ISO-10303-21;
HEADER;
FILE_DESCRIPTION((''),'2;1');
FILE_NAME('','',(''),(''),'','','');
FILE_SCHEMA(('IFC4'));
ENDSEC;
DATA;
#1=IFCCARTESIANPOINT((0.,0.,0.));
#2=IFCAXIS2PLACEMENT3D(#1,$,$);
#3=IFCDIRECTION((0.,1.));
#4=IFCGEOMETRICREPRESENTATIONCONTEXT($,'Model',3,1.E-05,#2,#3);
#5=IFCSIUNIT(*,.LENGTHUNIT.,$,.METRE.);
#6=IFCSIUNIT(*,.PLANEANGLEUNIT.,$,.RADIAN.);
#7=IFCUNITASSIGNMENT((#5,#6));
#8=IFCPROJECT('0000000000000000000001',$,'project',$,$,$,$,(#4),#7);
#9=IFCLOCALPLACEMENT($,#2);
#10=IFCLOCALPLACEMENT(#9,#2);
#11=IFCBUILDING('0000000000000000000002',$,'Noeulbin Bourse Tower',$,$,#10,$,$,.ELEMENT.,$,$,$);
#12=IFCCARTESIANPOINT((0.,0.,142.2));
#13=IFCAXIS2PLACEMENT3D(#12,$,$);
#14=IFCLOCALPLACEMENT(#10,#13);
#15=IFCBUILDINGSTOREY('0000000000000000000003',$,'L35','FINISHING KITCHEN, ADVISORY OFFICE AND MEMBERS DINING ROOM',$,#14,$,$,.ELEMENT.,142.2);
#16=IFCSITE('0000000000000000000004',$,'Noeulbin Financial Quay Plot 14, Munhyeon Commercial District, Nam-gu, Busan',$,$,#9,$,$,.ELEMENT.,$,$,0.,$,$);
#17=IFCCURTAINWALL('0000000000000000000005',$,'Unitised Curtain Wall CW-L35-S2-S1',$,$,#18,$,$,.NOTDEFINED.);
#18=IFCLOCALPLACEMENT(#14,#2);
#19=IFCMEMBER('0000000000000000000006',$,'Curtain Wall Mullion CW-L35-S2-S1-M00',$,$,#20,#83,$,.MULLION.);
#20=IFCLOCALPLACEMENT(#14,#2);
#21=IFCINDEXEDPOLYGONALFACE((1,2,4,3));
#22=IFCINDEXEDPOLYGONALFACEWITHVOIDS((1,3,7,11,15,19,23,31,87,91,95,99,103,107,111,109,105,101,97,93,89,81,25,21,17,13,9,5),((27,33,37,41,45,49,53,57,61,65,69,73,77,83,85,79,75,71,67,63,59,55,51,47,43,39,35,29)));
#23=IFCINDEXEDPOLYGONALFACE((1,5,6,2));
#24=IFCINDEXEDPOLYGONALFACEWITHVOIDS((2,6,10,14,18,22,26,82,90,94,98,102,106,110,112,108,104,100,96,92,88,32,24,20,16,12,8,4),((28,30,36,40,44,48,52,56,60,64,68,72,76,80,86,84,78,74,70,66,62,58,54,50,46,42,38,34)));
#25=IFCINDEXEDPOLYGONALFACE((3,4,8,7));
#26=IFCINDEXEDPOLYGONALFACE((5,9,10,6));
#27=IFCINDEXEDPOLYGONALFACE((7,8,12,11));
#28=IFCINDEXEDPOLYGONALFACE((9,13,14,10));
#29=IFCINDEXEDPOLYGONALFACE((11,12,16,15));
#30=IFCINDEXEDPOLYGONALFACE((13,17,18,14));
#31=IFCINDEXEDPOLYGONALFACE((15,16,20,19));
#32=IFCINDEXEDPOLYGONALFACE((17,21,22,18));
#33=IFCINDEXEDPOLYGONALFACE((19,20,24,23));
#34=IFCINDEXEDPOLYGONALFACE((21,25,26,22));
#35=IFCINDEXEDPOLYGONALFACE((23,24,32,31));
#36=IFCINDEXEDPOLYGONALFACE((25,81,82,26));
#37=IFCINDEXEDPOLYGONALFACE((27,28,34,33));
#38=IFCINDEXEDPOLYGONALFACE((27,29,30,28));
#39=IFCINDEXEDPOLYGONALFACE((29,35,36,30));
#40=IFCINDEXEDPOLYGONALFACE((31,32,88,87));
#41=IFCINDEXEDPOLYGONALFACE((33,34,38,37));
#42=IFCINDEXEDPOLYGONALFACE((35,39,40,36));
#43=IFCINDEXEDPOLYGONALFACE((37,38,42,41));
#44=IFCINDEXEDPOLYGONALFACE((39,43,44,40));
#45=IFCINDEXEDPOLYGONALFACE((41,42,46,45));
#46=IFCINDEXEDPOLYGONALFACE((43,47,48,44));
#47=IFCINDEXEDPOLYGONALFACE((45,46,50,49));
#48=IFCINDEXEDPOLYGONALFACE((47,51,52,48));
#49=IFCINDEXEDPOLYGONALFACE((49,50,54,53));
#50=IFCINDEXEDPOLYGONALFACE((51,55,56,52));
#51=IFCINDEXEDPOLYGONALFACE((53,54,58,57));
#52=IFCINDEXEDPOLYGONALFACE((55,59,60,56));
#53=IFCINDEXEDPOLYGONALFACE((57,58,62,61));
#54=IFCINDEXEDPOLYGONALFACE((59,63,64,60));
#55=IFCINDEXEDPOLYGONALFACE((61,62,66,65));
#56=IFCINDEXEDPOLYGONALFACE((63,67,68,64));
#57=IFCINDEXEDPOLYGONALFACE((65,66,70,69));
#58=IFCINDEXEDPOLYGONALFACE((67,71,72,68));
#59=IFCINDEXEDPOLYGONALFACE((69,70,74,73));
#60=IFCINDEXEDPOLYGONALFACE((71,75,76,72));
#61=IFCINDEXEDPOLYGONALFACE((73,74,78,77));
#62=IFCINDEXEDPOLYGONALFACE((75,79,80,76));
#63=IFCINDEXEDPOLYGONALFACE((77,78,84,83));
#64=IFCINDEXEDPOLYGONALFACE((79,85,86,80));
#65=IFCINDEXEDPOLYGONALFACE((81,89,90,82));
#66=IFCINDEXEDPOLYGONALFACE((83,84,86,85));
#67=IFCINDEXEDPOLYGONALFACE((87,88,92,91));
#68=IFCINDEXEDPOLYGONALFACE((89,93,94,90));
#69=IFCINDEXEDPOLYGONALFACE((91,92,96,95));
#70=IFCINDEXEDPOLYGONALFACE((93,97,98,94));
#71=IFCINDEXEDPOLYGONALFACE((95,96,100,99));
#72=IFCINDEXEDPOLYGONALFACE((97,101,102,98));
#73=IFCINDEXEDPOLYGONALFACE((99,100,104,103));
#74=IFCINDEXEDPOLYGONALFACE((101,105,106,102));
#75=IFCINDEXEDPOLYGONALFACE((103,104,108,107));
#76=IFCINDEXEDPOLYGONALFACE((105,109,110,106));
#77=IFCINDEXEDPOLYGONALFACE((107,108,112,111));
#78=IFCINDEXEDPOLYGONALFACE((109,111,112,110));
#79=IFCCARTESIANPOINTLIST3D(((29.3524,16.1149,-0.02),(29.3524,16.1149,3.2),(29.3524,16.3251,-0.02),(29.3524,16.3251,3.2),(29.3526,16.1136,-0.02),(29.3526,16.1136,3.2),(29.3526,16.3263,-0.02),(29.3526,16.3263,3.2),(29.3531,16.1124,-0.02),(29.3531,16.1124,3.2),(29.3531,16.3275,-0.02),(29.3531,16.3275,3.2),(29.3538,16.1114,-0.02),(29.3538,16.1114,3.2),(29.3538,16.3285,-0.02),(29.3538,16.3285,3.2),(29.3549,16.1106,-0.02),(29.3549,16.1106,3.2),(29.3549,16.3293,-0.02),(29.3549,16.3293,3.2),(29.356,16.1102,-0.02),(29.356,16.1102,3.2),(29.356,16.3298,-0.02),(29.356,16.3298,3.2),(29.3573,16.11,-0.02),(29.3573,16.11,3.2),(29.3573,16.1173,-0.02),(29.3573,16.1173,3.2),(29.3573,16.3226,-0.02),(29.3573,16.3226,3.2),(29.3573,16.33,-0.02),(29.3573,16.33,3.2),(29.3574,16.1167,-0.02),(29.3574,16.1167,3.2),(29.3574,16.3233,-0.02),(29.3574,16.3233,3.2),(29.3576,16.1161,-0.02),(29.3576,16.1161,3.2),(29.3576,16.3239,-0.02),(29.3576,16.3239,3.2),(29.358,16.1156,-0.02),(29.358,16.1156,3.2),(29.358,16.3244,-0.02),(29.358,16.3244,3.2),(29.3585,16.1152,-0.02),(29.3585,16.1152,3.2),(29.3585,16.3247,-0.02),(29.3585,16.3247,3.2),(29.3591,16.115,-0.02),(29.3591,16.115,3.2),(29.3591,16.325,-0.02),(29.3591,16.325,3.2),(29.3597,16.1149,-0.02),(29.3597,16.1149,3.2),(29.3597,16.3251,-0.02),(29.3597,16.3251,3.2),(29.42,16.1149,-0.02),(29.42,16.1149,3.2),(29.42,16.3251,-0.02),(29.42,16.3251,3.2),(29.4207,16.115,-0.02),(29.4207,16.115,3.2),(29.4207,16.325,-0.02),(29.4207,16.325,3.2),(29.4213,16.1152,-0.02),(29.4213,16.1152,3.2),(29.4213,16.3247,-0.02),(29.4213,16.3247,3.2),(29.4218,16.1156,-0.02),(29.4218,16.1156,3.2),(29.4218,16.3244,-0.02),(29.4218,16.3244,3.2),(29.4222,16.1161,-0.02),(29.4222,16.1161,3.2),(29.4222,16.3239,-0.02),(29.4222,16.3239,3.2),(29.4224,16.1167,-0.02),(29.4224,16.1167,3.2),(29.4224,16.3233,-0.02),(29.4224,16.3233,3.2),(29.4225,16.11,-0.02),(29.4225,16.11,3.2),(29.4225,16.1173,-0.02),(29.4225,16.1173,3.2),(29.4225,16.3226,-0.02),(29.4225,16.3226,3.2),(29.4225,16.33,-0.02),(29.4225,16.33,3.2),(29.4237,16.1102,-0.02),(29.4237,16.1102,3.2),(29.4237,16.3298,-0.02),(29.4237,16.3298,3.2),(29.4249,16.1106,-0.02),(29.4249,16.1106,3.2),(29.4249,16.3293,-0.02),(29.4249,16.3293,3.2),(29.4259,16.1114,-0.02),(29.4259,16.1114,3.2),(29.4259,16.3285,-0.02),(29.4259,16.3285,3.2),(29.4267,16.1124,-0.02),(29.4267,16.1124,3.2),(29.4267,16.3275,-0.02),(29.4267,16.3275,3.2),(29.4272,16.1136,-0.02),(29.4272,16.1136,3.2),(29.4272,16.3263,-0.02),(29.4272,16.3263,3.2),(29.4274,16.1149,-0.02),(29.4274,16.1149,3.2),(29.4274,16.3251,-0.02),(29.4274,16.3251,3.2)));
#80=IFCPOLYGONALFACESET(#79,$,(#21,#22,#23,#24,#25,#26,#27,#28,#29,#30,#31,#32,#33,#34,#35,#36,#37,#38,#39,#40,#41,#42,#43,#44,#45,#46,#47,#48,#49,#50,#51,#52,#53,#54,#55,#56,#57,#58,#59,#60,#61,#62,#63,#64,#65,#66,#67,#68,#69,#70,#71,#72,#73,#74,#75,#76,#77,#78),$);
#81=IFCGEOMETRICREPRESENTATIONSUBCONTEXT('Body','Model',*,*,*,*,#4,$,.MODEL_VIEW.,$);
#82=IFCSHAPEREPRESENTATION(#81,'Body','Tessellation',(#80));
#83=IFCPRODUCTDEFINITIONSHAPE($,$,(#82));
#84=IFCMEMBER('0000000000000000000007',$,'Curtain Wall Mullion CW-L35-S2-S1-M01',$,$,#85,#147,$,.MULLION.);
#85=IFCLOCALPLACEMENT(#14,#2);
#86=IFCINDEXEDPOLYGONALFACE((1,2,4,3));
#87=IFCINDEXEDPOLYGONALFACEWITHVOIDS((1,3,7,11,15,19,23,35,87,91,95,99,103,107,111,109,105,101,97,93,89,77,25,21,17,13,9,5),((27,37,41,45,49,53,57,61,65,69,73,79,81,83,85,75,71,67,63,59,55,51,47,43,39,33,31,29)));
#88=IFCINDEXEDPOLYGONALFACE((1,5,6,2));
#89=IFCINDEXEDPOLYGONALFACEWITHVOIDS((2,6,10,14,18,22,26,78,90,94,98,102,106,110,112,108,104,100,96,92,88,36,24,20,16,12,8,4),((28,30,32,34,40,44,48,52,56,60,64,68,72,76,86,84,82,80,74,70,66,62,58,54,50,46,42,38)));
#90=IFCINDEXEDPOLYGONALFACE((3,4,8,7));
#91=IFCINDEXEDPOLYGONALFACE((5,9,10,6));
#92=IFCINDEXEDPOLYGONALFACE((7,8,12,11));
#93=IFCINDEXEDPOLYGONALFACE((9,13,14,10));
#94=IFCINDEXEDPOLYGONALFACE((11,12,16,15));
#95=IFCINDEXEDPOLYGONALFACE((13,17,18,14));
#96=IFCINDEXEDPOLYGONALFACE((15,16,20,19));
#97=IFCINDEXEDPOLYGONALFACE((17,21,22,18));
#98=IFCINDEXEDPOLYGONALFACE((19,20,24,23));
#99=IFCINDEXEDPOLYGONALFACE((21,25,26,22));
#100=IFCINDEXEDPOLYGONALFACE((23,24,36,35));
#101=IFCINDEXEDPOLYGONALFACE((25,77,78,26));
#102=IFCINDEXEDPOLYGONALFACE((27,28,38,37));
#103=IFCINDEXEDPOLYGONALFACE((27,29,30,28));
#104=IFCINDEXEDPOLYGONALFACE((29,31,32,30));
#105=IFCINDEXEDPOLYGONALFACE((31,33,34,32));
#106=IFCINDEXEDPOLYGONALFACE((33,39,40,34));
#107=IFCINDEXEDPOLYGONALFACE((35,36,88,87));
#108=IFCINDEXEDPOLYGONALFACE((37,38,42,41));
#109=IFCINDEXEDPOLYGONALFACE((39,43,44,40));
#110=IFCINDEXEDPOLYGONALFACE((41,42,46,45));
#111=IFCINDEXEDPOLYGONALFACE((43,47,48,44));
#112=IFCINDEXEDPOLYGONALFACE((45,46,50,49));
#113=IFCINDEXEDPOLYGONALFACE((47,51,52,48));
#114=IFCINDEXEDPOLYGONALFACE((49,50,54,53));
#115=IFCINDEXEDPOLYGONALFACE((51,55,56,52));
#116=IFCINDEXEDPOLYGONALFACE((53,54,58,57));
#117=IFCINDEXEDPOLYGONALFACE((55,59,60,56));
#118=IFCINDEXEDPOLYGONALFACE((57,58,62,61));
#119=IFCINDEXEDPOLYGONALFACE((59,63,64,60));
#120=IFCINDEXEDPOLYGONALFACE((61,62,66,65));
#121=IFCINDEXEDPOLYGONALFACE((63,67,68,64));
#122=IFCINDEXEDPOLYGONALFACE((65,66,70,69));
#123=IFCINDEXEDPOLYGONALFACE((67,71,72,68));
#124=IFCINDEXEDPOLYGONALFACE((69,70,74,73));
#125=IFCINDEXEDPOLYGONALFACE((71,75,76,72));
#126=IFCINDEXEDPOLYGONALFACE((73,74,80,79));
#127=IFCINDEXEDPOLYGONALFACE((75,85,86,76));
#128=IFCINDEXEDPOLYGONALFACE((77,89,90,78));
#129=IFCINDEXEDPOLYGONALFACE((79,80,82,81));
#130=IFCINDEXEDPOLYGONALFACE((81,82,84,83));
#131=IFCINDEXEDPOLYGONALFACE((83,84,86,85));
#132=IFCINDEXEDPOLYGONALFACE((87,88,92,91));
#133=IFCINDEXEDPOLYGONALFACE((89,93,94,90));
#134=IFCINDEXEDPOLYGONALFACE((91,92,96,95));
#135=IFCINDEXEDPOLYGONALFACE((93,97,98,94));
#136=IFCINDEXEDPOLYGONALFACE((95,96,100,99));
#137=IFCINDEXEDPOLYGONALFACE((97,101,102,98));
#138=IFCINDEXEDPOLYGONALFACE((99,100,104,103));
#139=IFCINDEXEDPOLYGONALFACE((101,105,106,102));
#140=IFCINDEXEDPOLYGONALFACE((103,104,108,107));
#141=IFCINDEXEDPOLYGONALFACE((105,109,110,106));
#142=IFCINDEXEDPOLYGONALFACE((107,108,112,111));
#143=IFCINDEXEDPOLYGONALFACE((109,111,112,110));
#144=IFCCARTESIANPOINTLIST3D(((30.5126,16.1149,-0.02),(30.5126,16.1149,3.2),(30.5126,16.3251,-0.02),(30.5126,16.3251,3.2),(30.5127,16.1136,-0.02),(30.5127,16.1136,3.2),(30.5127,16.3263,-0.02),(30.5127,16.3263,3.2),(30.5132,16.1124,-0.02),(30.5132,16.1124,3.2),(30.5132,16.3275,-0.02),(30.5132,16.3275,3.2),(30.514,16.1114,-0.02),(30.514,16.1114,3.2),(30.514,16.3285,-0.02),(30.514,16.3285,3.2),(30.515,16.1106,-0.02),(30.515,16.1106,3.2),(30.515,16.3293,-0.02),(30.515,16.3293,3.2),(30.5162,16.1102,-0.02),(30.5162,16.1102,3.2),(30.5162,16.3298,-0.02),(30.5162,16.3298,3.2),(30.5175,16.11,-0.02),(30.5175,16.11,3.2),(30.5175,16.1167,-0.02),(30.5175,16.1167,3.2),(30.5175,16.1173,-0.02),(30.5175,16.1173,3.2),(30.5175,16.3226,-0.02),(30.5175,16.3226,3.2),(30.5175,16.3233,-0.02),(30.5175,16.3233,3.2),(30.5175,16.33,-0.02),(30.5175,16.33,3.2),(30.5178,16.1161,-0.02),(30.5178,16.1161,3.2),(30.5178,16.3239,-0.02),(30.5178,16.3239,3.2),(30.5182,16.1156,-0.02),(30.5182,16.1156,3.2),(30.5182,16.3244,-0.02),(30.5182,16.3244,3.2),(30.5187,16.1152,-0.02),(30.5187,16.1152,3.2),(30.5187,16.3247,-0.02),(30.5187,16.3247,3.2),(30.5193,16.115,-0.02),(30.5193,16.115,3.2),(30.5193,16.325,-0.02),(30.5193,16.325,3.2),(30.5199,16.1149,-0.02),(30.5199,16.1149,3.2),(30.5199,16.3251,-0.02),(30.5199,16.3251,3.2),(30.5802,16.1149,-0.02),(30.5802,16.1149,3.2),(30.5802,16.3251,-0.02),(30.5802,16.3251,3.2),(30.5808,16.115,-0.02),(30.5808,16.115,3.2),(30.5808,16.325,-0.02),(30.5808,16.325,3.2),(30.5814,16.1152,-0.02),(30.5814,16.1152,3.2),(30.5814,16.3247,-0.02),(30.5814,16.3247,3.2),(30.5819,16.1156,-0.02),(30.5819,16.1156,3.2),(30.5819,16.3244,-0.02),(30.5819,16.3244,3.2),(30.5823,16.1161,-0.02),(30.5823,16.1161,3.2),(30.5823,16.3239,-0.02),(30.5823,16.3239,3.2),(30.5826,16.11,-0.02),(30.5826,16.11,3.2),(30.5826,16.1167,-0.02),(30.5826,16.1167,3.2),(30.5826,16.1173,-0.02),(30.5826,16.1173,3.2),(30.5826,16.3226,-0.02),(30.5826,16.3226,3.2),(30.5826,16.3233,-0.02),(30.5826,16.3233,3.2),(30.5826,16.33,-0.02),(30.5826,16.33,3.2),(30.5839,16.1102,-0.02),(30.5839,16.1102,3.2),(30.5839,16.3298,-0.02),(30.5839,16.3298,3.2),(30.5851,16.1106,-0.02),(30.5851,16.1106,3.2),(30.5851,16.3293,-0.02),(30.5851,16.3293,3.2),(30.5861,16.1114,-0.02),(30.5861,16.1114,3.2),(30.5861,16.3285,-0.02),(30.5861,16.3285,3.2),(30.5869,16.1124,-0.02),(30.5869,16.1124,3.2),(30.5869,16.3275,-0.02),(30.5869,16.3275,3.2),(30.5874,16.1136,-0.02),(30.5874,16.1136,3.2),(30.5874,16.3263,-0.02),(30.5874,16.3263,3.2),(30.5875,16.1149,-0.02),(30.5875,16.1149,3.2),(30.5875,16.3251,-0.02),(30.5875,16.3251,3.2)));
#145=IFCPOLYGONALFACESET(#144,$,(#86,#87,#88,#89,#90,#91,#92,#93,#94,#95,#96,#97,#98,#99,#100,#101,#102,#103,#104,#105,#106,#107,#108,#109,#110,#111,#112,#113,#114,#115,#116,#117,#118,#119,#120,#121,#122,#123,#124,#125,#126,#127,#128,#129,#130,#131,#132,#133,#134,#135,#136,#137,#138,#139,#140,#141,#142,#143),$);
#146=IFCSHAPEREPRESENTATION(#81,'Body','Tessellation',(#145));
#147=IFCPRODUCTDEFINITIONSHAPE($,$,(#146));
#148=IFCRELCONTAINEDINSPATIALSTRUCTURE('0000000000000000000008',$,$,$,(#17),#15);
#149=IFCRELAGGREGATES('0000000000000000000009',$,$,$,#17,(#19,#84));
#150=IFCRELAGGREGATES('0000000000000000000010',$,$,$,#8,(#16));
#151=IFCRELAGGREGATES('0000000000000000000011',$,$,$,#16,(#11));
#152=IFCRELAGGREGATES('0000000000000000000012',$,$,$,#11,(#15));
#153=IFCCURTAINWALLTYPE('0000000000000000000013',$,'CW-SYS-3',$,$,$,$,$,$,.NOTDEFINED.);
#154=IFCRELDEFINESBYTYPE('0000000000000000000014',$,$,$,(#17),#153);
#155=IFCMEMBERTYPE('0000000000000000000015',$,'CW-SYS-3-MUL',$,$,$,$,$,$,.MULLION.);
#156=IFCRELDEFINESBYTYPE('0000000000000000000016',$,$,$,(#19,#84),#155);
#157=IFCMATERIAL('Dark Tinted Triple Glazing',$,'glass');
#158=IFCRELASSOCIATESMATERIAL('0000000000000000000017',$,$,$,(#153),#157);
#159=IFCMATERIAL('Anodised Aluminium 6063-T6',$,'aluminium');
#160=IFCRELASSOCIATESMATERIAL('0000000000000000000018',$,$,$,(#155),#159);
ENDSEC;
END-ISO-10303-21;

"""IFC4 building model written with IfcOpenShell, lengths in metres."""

from ifc_helpers import new_model, si_unit, direction, frame, origin, origin_2d, place, context, subcontext, project, spatial, hollow_rectangle, extrude, material, material_profile, profile_set, type_object, element, aggregate, save


model = new_model("IFC4")

# Units and contexts
model_context = context("Model", 3, precision=1e-05, world=origin(), true_north=direction((0.0, 1.0)))
body_context = subcontext(model_context, "Body", "Model", "MODEL_VIEW")
ifc_project = project(units=[si_unit("LENGTHUNIT", "METRE"), si_unit("PLANEANGLEUNIT", "RADIAN")], contexts=[model_context])

# Site, building, storey
site_placement = place(None, origin())
site = spatial("IfcSite", under=ifc_project, at=site_placement, Name="Noeulbin Financial Quay Plot 14, Munhyeon Commercial District, Nam-gu, Busan", CompositionType="ELEMENT", RefElevation=0.0)
building_placement = place(site_placement, origin())
building = spatial("IfcBuilding", under=site, at=building_placement, Name="Noeulbin Bourse Tower", CompositionType="ELEMENT")
storey_placement = place(building_placement, frame((0.0, 0.0, 142.2)))
storey = spatial("IfcBuildingStorey", under=building, at=storey_placement, Name="L35", Description="FINISHING KITCHEN, ADVISORY OFFICE AND MEMBERS DINING ROOM", CompositionType="ELEMENT", Elevation=142.2)

# Curtain wall, members
ifc_material_1 = material(Name="Dark Tinted Triple Glazing", Category="glass")
curtain_wall_type = type_object("IfcCurtainWallType", Name="CW-SYS-3", PredefinedType="NOTDEFINED", material=ifc_material_1)
curtain_wall_1_placement = place(storey_placement, origin())
curtain_wall_1 = element("IfcCurtainWall", 1, at=curtain_wall_1_placement, inside=storey, type_object=curtain_wall_type, Name="Unitised Curtain Wall CW-L35-S2-S1", PredefinedType="NOTDEFINED")
ifc_material_2 = material(Name="Anodised Aluminium 6063-T6", Category="aluminium")
ifc_material_profile_1 = material_profile(ifc_material_2, hollow_rectangle(XDim=0.075, YDim=0.22, WallThickness=0.0049, InnerFilletRadius=0.0024, OuterFilletRadius=0.0049, at=origin_2d()), Name="ALU-MULL-75x220x5", Category="LoadBearing")
ifc_profile_set_1 = profile_set([ifc_material_profile_1], Name="Anodised Aluminium 6063-T6")
member_type_1 = type_object("IfcMemberType", Name="CW-SYS-3-MUL", PredefinedType="MULLION", material=ifc_profile_set_1)
member_1_placement = place(storey_placement, frame((29.3899, 16.22, -0.02), z_axis=(0.0, 0.0, 1.0), x_axis=(1.0, 0.0, 0.0)))
member_1 = element("IfcMember", 2, at=member_1_placement, type_object=member_type_1, Name="Curtain Wall Mullion CW-L35-S2-S1-M00", PredefinedType="MULLION", context=body_context, shape_type="SweptSolid", body=[
    extrude(hollow_rectangle(XDim=0.075, YDim=0.22, WallThickness=0.0049, InnerFilletRadius=0.0024, OuterFilletRadius=0.0049, at=origin_2d()), origin(), (0.0, 0.0, 1.0), 3.22),
])
member_2_placement = place(storey_placement, frame((30.55, 16.22, -0.02), z_axis=(0.0, 0.0, 1.0), x_axis=(1.0, 0.0, 0.0)))
member_2 = element("IfcMember", 3, at=member_2_placement, type_object=member_type_1, Name="Curtain Wall Mullion CW-L35-S2-S1-M01", PredefinedType="MULLION", context=body_context, shape_type="SweptSolid", body=[
    extrude(hollow_rectangle(XDim=0.075, YDim=0.22, WallThickness=0.0049, InnerFilletRadius=0.0024, OuterFilletRadius=0.0049, at=origin_2d()), origin(), (0.0, 0.0, 1.0), 3.22),
])

aggregate(curtain_wall_1, [member_1, member_2])

save(model, "model.ifc")
